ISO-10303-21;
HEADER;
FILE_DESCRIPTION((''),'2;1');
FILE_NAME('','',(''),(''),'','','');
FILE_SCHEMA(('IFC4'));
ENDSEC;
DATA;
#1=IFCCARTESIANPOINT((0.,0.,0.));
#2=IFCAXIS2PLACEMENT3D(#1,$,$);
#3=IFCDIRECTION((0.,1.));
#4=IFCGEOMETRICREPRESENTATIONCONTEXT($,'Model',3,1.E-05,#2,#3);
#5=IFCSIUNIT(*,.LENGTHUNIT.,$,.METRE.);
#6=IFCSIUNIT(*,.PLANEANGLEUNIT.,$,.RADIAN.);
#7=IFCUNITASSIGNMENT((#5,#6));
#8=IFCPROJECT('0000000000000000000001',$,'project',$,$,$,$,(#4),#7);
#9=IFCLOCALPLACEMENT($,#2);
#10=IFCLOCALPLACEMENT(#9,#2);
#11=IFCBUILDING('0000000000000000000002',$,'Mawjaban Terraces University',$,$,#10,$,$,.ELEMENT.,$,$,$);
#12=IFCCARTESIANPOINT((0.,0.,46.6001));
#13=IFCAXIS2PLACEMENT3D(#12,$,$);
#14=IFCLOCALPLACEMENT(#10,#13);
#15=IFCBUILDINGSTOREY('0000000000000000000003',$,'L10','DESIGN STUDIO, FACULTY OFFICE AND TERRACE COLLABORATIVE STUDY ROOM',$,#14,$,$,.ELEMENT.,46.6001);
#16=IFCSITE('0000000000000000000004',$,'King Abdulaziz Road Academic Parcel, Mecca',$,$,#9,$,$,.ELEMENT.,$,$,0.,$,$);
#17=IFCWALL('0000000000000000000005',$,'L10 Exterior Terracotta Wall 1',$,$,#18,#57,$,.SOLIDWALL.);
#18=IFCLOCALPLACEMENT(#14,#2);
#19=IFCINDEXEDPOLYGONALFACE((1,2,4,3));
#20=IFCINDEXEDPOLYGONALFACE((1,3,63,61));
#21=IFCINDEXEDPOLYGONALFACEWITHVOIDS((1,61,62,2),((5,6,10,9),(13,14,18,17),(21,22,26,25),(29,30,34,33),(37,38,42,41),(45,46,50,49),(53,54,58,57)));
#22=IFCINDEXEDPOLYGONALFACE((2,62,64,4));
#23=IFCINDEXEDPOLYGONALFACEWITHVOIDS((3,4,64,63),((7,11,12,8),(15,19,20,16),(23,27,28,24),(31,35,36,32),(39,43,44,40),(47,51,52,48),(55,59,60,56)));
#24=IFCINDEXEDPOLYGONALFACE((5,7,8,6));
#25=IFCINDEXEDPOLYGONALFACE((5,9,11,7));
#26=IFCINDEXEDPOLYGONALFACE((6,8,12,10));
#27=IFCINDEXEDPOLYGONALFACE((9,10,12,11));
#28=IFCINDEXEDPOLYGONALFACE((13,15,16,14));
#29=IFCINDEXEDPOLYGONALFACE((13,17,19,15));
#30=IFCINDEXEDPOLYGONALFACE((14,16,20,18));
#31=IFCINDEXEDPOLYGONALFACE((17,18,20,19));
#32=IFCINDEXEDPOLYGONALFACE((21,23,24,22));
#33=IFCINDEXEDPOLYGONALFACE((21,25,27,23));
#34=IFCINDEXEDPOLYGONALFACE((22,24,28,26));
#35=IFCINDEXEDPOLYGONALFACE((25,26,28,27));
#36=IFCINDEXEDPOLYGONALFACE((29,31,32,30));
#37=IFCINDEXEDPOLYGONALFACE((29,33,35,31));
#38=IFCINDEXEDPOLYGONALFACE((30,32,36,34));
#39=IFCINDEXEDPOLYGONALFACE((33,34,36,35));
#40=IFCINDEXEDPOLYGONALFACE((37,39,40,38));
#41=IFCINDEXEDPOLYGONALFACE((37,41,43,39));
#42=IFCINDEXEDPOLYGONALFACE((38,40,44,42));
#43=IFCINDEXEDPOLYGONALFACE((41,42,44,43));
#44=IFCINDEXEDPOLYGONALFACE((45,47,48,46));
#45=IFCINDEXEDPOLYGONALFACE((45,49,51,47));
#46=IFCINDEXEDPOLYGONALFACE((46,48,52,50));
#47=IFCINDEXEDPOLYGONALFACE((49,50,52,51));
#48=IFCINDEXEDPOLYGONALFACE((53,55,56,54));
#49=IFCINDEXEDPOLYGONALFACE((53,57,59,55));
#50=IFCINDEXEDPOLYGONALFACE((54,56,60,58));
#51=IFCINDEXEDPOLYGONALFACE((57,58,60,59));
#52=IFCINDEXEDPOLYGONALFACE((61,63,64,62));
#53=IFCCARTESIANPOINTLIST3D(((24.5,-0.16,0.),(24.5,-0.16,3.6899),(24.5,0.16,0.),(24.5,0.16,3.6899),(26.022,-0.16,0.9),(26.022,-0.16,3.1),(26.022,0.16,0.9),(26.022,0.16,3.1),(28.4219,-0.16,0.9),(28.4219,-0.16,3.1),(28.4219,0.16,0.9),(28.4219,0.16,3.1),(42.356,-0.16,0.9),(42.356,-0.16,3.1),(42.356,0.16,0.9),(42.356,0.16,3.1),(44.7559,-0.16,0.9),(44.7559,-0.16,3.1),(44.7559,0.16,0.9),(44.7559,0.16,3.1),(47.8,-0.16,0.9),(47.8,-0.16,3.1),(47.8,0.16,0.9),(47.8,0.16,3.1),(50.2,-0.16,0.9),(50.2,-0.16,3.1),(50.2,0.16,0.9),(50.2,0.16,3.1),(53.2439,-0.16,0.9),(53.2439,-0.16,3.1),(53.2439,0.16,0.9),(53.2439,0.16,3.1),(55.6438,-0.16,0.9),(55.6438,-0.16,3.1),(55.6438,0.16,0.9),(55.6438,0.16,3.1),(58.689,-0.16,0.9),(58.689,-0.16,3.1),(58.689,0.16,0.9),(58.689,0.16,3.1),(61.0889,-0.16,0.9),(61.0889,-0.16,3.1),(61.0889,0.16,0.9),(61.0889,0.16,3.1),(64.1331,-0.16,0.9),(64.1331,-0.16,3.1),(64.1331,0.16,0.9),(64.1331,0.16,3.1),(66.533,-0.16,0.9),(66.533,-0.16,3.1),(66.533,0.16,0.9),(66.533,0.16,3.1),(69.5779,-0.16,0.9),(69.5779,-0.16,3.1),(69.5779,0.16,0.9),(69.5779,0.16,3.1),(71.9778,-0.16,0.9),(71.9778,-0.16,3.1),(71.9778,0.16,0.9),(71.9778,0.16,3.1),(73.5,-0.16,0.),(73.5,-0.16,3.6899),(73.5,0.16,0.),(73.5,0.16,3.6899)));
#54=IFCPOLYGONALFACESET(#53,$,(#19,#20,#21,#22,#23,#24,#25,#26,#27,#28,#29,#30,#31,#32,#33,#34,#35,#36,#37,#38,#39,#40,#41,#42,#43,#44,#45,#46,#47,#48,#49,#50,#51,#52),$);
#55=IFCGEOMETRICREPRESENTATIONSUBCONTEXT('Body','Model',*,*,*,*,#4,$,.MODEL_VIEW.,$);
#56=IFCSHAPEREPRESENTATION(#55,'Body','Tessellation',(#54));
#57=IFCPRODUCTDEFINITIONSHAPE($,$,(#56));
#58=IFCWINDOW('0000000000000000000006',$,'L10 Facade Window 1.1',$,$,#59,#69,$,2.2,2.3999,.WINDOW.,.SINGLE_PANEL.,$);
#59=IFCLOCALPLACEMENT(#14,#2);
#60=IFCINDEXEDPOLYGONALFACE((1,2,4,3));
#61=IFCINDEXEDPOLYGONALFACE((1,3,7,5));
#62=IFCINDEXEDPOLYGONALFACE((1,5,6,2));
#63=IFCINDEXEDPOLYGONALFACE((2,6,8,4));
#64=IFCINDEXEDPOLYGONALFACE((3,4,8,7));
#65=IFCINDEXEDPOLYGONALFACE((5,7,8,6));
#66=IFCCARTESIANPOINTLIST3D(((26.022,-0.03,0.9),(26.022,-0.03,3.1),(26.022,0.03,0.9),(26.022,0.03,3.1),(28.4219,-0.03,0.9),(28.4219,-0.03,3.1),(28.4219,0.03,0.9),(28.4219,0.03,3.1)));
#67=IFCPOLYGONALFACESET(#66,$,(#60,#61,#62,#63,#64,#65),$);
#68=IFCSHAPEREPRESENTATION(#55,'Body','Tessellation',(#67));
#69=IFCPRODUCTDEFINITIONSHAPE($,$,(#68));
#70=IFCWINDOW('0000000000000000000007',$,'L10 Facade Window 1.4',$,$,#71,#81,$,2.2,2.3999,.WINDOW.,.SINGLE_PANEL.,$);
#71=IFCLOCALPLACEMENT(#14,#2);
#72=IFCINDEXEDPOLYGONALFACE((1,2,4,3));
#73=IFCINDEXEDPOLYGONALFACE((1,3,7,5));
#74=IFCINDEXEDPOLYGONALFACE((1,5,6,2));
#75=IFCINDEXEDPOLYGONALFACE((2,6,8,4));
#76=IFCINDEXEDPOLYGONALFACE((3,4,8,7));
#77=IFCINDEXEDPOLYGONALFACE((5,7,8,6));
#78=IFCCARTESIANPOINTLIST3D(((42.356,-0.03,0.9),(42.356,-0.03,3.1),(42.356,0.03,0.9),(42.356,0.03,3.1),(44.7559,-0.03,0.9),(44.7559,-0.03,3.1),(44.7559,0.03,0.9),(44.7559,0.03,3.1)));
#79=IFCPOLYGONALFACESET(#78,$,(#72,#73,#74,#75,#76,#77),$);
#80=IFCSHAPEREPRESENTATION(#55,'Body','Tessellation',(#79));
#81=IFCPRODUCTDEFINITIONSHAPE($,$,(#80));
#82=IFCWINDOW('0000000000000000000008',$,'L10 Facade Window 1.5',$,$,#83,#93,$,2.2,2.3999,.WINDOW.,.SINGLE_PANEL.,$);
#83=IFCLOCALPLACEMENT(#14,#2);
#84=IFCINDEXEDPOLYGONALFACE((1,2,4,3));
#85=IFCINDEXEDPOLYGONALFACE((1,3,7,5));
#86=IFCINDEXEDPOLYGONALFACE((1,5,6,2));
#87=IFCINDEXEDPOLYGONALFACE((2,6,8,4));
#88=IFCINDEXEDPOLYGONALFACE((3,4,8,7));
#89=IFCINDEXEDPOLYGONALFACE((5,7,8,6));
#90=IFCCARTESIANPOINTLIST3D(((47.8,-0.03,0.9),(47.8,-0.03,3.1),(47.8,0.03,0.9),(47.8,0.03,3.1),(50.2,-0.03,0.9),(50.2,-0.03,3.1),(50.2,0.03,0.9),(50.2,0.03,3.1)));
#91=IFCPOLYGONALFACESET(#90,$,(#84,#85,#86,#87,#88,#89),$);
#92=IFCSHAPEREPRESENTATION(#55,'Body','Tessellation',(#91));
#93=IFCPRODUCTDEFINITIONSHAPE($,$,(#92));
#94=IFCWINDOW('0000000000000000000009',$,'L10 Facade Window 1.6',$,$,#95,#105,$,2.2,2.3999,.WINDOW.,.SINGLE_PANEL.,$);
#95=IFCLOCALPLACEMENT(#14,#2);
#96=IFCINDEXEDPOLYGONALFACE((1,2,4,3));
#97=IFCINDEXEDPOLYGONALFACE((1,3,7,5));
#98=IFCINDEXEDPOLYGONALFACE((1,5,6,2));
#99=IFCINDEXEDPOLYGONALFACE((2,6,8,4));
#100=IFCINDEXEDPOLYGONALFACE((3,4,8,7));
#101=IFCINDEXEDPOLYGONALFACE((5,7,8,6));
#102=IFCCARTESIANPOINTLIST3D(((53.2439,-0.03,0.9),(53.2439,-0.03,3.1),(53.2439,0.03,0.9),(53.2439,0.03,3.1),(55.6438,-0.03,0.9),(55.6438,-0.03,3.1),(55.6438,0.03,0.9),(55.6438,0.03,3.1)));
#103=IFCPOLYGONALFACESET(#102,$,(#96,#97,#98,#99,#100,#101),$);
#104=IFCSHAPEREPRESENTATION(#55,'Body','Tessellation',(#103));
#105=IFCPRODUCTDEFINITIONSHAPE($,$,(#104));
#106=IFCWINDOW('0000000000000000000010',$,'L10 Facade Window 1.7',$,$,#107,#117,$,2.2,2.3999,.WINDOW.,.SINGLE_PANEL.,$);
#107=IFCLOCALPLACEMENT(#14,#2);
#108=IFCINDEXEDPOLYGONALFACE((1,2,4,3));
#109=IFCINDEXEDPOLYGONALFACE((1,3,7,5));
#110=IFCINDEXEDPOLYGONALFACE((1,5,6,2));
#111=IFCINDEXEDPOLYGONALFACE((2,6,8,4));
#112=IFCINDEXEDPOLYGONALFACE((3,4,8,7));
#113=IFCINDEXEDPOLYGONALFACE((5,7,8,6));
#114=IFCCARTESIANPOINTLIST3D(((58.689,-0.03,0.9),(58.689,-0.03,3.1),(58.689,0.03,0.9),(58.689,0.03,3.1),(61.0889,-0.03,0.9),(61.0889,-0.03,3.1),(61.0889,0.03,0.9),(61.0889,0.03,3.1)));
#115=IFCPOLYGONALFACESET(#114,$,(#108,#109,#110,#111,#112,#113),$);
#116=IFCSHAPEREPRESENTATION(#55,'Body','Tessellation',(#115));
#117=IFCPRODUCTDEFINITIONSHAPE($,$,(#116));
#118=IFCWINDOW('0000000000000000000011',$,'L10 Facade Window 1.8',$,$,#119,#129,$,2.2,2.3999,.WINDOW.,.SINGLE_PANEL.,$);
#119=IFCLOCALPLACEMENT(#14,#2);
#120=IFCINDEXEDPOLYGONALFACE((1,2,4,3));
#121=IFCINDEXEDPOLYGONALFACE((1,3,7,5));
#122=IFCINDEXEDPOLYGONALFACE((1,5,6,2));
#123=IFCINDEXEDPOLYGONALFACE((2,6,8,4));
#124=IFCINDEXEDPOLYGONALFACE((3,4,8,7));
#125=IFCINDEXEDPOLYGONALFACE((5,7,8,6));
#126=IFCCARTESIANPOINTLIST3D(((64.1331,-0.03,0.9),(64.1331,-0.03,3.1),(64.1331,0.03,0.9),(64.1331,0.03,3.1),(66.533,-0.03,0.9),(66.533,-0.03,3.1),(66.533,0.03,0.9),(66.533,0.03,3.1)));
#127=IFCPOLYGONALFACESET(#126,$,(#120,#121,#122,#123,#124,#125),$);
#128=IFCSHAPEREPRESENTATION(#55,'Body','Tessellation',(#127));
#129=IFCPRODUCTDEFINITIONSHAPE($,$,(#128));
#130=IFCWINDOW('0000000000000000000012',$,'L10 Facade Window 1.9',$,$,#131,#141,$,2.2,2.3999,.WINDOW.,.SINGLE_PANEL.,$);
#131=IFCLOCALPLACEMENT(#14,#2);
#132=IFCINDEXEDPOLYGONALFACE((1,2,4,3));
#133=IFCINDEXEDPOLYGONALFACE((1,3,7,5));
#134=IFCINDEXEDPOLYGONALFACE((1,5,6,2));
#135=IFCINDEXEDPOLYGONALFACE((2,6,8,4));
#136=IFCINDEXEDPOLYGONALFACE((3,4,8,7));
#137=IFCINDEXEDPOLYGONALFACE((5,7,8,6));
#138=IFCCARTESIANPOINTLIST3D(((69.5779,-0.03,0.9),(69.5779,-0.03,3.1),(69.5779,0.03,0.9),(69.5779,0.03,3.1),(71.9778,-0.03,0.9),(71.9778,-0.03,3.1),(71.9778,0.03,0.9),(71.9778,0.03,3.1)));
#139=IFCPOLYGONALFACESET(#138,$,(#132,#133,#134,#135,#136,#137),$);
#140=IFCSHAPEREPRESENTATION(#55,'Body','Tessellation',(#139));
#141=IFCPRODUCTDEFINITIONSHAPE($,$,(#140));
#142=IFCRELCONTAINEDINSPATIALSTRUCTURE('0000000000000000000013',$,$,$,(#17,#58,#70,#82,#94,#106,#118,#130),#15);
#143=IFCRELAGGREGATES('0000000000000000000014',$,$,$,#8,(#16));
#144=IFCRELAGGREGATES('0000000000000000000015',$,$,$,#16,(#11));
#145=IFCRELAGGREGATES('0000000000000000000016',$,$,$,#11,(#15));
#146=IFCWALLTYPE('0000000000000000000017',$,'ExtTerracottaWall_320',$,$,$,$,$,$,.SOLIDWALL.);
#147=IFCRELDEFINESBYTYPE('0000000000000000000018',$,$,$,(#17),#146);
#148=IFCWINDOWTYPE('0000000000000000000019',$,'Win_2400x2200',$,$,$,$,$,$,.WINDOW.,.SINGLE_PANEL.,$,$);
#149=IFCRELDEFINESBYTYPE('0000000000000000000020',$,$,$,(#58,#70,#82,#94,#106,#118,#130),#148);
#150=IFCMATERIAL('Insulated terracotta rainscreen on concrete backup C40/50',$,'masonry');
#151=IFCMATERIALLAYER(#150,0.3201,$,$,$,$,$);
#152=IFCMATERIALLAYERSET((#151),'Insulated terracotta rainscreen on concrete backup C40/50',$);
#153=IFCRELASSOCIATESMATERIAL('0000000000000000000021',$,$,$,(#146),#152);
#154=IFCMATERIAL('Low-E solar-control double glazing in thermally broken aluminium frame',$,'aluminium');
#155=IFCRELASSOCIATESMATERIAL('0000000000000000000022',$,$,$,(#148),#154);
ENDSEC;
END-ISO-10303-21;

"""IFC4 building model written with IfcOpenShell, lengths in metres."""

from ifc_helpers import new_model, si_unit, direction, frame, frame_2d, origin, place, context, subcontext, project, spatial, rectangle, extrude, material, layer, layer_set, type_object, element, fill, save


model = new_model("IFC4")

# Units and contexts
model_context = context("Model", 3, precision=1e-05, world=origin(), true_north=direction((0.0, 1.0)))
body_context = subcontext(model_context, "Body", "Model", "MODEL_VIEW")
ifc_project = project(units=[si_unit("LENGTHUNIT", "METRE"), si_unit("PLANEANGLEUNIT", "RADIAN")], contexts=[model_context])

# Site, building, storey
site_placement = place(None, origin())
site = spatial("IfcSite", under=ifc_project, at=site_placement, Name="King Abdulaziz Road Academic Parcel, Mecca", CompositionType="ELEMENT", RefElevation=0.0)
building_placement = place(site_placement, origin())
building = spatial("IfcBuilding", under=site, at=building_placement, Name="Mawjaban Terraces University", CompositionType="ELEMENT")
storey_placement = place(building_placement, frame((0.0, 0.0, 46.6001)))
storey = spatial("IfcBuildingStorey", under=building, at=storey_placement, Name="L10", Description="DESIGN STUDIO, FACULTY OFFICE AND TERRACE COLLABORATIVE STUDY ROOM", CompositionType="ELEMENT", Elevation=46.6001)

# Wall, openings, windows
ifc_material_1 = material(Name="Insulated terracotta rainscreen on concrete backup C40/50", Category="masonry")
ifc_layer_1 = layer(ifc_material_1, 0.3201)
ifc_layer_set_1 = layer_set([ifc_layer_1], Name="Insulated terracotta rainscreen on concrete backup C40/50")
wall_type_1 = type_object("IfcWallType", Name="ExtTerracottaWall_320", PredefinedType="SOLIDWALL", material=ifc_layer_set_1)
wall_1_placement = place(storey_placement, frame((24.5, 0.0, 0.0), z_axis=(0.0, 0.0, 1.0), x_axis=(1.0, 0.0, 0.0)))
wall_1 = element("IfcWall", 1, at=wall_1_placement, inside=storey, type_object=wall_type_1, Name="L10 Exterior Terracotta Wall 1", PredefinedType="SOLIDWALL", context=body_context, shape_type="SweptSolid", body=[
    extrude(rectangle(XDim=49.0, YDim=0.3201, at=frame_2d((24.5, 0.0))), origin(), (0.0, 0.0, 1.0), 3.6899),
])
opening_1_placement = place(wall_1_placement, frame((1.522, 0.0, 0.8999)))
opening_1 = element("IfcOpeningElement", 2, at=opening_1_placement, cuts=wall_1, PredefinedType="OPENING", context=body_context, shape_type="SweptSolid", body=[
    extrude(rectangle(XDim=2.3999, YDim=2.2, at=frame_2d((1.2, 1.1001))), frame((0.0, 0.1699, 0.0), z_axis=(0.0, -1.0, 0.0), x_axis=(1.0, 0.0, 0.0)), (0.0, 0.0, 1.0), 0.3401),
])
opening_2_placement = place(wall_1_placement, frame((17.856, 0.0, 0.8999)))
opening_2 = element("IfcOpeningElement", 3, at=opening_2_placement, cuts=wall_1, PredefinedType="OPENING", context=body_context, shape_type="SweptSolid", body=[
    extrude(rectangle(XDim=2.3999, YDim=2.2, at=frame_2d((1.2, 1.1001))), frame((0.0, 0.1699, 0.0), z_axis=(0.0, -1.0, 0.0), x_axis=(1.0, 0.0, 0.0)), (0.0, 0.0, 1.0), 0.3401),
])
opening_3_placement = place(wall_1_placement, frame((23.3, 0.0, 0.8999)))
opening_3 = element("IfcOpeningElement", 4, at=opening_3_placement, cuts=wall_1, PredefinedType="OPENING", context=body_context, shape_type="SweptSolid", body=[
    extrude(rectangle(XDim=2.3999, YDim=2.2, at=frame_2d((1.2, 1.1001))), frame((0.0, 0.1699, 0.0), z_axis=(0.0, -1.0, 0.0), x_axis=(1.0, 0.0, 0.0)), (0.0, 0.0, 1.0), 0.3401),
])
opening_4_placement = place(wall_1_placement, frame((28.7439, 0.0, 0.8999)))
opening_4 = element("IfcOpeningElement", 5, at=opening_4_placement, cuts=wall_1, PredefinedType="OPENING", context=body_context, shape_type="SweptSolid", body=[
    extrude(rectangle(XDim=2.3999, YDim=2.2, at=frame_2d((1.2, 1.1001))), frame((0.0, 0.1699, 0.0), z_axis=(0.0, -1.0, 0.0), x_axis=(1.0, 0.0, 0.0)), (0.0, 0.0, 1.0), 0.3401),
])
opening_5_placement = place(wall_1_placement, frame((34.189, 0.0, 0.8999)))
opening_5 = element("IfcOpeningElement", 6, at=opening_5_placement, cuts=wall_1, PredefinedType="OPENING", context=body_context, shape_type="SweptSolid", body=[
    extrude(rectangle(XDim=2.3999, YDim=2.2, at=frame_2d((1.2, 1.1001))), frame((0.0, 0.1699, 0.0), z_axis=(0.0, -1.0, 0.0), x_axis=(1.0, 0.0, 0.0)), (0.0, 0.0, 1.0), 0.3401),
])
opening_6_placement = place(wall_1_placement, frame((39.6331, 0.0, 0.8999)))
opening_6 = element("IfcOpeningElement", 7, at=opening_6_placement, cuts=wall_1, PredefinedType="OPENING", context=body_context, shape_type="SweptSolid", body=[
    extrude(rectangle(XDim=2.3999, YDim=2.2, at=frame_2d((1.2, 1.1001))), frame((0.0, 0.1699, 0.0), z_axis=(0.0, -1.0, 0.0), x_axis=(1.0, 0.0, 0.0)), (0.0, 0.0, 1.0), 0.3401),
])
opening_7_placement = place(wall_1_placement, frame((45.0779, 0.0, 0.8999)))
opening_7 = element("IfcOpeningElement", 8, at=opening_7_placement, cuts=wall_1, PredefinedType="OPENING", context=body_context, shape_type="SweptSolid", body=[
    extrude(rectangle(XDim=2.3999, YDim=2.2, at=frame_2d((1.2, 1.1001))), frame((0.0, 0.1699, 0.0), z_axis=(0.0, -1.0, 0.0), x_axis=(1.0, 0.0, 0.0)), (0.0, 0.0, 1.0), 0.3401),
])
ifc_material_2 = material(Name="Low-E solar-control double glazing in thermally broken aluminium frame", Category="aluminium")
window_type = type_object("IfcWindowType", Name="Win_2400x2200", PartitioningType="SINGLE_PANEL", PredefinedType="WINDOW", material=ifc_material_2)
window_1_placement = place(opening_1_placement, origin())
window_1 = element("IfcWindow", 9, at=window_1_placement, inside=storey, type_object=window_type, Name="L10 Facade Window 1.1", OverallHeight=2.2, OverallWidth=2.3999, PartitioningType="SINGLE_PANEL", PredefinedType="WINDOW", context=body_context, shape_type="SweptSolid", body=[
    extrude(rectangle(XDim=2.3999, YDim=2.2, at=frame_2d((1.2, 1.1001))), frame((0.0, 0.03, 0.0), z_axis=(0.0, -1.0, 0.0), x_axis=(1.0, 0.0, 0.0)), (0.0, 0.0, 1.0), 0.0601),
])
fill(opening_1, window_1)
window_2_placement = place(opening_2_placement, origin())
window_2 = element("IfcWindow", 10, at=window_2_placement, inside=storey, type_object=window_type, Name="L10 Facade Window 1.4", OverallHeight=2.2, OverallWidth=2.3999, PartitioningType="SINGLE_PANEL", PredefinedType="WINDOW", context=body_context, shape_type="SweptSolid", body=[
    extrude(rectangle(XDim=2.3999, YDim=2.2, at=frame_2d((1.2, 1.1001))), frame((0.0, 0.03, 0.0), z_axis=(0.0, -1.0, 0.0), x_axis=(1.0, 0.0, 0.0)), (0.0, 0.0, 1.0), 0.0601),
])
fill(opening_2, window_2)
window_3_placement = place(opening_3_placement, origin())
window_3 = element("IfcWindow", 11, at=window_3_placement, inside=storey, type_object=window_type, Name="L10 Facade Window 1.5", OverallHeight=2.2, OverallWidth=2.3999, PartitioningType="SINGLE_PANEL", PredefinedType="WINDOW", context=body_context, shape_type="SweptSolid", body=[
    extrude(rectangle(XDim=2.3999, YDim=2.2, at=frame_2d((1.2, 1.1001))), frame((0.0, 0.03, 0.0), z_axis=(0.0, -1.0, 0.0), x_axis=(1.0, 0.0, 0.0)), (0.0, 0.0, 1.0), 0.0601),
])
fill(opening_3, window_3)
window_4_placement = place(opening_4_placement, origin())
window_4 = element("IfcWindow", 12, at=window_4_placement, inside=storey, type_object=window_type, Name="L10 Facade Window 1.6", OverallHeight=2.2, OverallWidth=2.3999, PartitioningType="SINGLE_PANEL", PredefinedType="WINDOW", context=body_context, shape_type="SweptSolid", body=[
    extrude(rectangle(XDim=2.3999, YDim=2.2, at=frame_2d((1.2, 1.1001))), frame((0.0, 0.03, 0.0), z_axis=(0.0, -1.0, 0.0), x_axis=(1.0, 0.0, 0.0)), (0.0, 0.0, 1.0), 0.0601),
])
fill(opening_4, window_4)
window_5_placement = place(opening_5_placement, origin())
window_5 = element("IfcWindow", 13, at=window_5_placement, inside=storey, type_object=window_type, Name="L10 Facade Window 1.7", OverallHeight=2.2, OverallWidth=2.3999, PartitioningType="SINGLE_PANEL", PredefinedType="WINDOW", context=body_context, shape_type="SweptSolid", body=[
    extrude(rectangle(XDim=2.3999, YDim=2.2, at=frame_2d((1.2, 1.1001))), frame((0.0, 0.03, 0.0), z_axis=(0.0, -1.0, 0.0), x_axis=(1.0, 0.0, 0.0)), (0.0, 0.0, 1.0), 0.0601),
])
fill(opening_5, window_5)
window_6_placement = place(opening_6_placement, origin())
window_6 = element("IfcWindow", 14, at=window_6_placement, inside=storey, type_object=window_type, Name="L10 Facade Window 1.8", OverallHeight=2.2, OverallWidth=2.3999, PartitioningType="SINGLE_PANEL", PredefinedType="WINDOW", context=body_context, shape_type="SweptSolid", body=[
    extrude(rectangle(XDim=2.3999, YDim=2.2, at=frame_2d((1.2, 1.1001))), frame((0.0, 0.03, 0.0), z_axis=(0.0, -1.0, 0.0), x_axis=(1.0, 0.0, 0.0)), (0.0, 0.0, 1.0), 0.0601),
])
fill(opening_6, window_6)
window_7_placement = place(opening_7_placement, origin())
window_7 = element("IfcWindow", 15, at=window_7_placement, inside=storey, type_object=window_type, Name="L10 Facade Window 1.9", OverallHeight=2.2, OverallWidth=2.3999, PartitioningType="SINGLE_PANEL", PredefinedType="WINDOW", context=body_context, shape_type="SweptSolid", body=[
    extrude(rectangle(XDim=2.3999, YDim=2.2, at=frame_2d((1.2, 1.1001))), frame((0.0, 0.03, 0.0), z_axis=(0.0, -1.0, 0.0), x_axis=(1.0, 0.0, 0.0)), (0.0, 0.0, 1.0), 0.0601),
])
fill(opening_7, window_7)

save(model, "model.ifc")
